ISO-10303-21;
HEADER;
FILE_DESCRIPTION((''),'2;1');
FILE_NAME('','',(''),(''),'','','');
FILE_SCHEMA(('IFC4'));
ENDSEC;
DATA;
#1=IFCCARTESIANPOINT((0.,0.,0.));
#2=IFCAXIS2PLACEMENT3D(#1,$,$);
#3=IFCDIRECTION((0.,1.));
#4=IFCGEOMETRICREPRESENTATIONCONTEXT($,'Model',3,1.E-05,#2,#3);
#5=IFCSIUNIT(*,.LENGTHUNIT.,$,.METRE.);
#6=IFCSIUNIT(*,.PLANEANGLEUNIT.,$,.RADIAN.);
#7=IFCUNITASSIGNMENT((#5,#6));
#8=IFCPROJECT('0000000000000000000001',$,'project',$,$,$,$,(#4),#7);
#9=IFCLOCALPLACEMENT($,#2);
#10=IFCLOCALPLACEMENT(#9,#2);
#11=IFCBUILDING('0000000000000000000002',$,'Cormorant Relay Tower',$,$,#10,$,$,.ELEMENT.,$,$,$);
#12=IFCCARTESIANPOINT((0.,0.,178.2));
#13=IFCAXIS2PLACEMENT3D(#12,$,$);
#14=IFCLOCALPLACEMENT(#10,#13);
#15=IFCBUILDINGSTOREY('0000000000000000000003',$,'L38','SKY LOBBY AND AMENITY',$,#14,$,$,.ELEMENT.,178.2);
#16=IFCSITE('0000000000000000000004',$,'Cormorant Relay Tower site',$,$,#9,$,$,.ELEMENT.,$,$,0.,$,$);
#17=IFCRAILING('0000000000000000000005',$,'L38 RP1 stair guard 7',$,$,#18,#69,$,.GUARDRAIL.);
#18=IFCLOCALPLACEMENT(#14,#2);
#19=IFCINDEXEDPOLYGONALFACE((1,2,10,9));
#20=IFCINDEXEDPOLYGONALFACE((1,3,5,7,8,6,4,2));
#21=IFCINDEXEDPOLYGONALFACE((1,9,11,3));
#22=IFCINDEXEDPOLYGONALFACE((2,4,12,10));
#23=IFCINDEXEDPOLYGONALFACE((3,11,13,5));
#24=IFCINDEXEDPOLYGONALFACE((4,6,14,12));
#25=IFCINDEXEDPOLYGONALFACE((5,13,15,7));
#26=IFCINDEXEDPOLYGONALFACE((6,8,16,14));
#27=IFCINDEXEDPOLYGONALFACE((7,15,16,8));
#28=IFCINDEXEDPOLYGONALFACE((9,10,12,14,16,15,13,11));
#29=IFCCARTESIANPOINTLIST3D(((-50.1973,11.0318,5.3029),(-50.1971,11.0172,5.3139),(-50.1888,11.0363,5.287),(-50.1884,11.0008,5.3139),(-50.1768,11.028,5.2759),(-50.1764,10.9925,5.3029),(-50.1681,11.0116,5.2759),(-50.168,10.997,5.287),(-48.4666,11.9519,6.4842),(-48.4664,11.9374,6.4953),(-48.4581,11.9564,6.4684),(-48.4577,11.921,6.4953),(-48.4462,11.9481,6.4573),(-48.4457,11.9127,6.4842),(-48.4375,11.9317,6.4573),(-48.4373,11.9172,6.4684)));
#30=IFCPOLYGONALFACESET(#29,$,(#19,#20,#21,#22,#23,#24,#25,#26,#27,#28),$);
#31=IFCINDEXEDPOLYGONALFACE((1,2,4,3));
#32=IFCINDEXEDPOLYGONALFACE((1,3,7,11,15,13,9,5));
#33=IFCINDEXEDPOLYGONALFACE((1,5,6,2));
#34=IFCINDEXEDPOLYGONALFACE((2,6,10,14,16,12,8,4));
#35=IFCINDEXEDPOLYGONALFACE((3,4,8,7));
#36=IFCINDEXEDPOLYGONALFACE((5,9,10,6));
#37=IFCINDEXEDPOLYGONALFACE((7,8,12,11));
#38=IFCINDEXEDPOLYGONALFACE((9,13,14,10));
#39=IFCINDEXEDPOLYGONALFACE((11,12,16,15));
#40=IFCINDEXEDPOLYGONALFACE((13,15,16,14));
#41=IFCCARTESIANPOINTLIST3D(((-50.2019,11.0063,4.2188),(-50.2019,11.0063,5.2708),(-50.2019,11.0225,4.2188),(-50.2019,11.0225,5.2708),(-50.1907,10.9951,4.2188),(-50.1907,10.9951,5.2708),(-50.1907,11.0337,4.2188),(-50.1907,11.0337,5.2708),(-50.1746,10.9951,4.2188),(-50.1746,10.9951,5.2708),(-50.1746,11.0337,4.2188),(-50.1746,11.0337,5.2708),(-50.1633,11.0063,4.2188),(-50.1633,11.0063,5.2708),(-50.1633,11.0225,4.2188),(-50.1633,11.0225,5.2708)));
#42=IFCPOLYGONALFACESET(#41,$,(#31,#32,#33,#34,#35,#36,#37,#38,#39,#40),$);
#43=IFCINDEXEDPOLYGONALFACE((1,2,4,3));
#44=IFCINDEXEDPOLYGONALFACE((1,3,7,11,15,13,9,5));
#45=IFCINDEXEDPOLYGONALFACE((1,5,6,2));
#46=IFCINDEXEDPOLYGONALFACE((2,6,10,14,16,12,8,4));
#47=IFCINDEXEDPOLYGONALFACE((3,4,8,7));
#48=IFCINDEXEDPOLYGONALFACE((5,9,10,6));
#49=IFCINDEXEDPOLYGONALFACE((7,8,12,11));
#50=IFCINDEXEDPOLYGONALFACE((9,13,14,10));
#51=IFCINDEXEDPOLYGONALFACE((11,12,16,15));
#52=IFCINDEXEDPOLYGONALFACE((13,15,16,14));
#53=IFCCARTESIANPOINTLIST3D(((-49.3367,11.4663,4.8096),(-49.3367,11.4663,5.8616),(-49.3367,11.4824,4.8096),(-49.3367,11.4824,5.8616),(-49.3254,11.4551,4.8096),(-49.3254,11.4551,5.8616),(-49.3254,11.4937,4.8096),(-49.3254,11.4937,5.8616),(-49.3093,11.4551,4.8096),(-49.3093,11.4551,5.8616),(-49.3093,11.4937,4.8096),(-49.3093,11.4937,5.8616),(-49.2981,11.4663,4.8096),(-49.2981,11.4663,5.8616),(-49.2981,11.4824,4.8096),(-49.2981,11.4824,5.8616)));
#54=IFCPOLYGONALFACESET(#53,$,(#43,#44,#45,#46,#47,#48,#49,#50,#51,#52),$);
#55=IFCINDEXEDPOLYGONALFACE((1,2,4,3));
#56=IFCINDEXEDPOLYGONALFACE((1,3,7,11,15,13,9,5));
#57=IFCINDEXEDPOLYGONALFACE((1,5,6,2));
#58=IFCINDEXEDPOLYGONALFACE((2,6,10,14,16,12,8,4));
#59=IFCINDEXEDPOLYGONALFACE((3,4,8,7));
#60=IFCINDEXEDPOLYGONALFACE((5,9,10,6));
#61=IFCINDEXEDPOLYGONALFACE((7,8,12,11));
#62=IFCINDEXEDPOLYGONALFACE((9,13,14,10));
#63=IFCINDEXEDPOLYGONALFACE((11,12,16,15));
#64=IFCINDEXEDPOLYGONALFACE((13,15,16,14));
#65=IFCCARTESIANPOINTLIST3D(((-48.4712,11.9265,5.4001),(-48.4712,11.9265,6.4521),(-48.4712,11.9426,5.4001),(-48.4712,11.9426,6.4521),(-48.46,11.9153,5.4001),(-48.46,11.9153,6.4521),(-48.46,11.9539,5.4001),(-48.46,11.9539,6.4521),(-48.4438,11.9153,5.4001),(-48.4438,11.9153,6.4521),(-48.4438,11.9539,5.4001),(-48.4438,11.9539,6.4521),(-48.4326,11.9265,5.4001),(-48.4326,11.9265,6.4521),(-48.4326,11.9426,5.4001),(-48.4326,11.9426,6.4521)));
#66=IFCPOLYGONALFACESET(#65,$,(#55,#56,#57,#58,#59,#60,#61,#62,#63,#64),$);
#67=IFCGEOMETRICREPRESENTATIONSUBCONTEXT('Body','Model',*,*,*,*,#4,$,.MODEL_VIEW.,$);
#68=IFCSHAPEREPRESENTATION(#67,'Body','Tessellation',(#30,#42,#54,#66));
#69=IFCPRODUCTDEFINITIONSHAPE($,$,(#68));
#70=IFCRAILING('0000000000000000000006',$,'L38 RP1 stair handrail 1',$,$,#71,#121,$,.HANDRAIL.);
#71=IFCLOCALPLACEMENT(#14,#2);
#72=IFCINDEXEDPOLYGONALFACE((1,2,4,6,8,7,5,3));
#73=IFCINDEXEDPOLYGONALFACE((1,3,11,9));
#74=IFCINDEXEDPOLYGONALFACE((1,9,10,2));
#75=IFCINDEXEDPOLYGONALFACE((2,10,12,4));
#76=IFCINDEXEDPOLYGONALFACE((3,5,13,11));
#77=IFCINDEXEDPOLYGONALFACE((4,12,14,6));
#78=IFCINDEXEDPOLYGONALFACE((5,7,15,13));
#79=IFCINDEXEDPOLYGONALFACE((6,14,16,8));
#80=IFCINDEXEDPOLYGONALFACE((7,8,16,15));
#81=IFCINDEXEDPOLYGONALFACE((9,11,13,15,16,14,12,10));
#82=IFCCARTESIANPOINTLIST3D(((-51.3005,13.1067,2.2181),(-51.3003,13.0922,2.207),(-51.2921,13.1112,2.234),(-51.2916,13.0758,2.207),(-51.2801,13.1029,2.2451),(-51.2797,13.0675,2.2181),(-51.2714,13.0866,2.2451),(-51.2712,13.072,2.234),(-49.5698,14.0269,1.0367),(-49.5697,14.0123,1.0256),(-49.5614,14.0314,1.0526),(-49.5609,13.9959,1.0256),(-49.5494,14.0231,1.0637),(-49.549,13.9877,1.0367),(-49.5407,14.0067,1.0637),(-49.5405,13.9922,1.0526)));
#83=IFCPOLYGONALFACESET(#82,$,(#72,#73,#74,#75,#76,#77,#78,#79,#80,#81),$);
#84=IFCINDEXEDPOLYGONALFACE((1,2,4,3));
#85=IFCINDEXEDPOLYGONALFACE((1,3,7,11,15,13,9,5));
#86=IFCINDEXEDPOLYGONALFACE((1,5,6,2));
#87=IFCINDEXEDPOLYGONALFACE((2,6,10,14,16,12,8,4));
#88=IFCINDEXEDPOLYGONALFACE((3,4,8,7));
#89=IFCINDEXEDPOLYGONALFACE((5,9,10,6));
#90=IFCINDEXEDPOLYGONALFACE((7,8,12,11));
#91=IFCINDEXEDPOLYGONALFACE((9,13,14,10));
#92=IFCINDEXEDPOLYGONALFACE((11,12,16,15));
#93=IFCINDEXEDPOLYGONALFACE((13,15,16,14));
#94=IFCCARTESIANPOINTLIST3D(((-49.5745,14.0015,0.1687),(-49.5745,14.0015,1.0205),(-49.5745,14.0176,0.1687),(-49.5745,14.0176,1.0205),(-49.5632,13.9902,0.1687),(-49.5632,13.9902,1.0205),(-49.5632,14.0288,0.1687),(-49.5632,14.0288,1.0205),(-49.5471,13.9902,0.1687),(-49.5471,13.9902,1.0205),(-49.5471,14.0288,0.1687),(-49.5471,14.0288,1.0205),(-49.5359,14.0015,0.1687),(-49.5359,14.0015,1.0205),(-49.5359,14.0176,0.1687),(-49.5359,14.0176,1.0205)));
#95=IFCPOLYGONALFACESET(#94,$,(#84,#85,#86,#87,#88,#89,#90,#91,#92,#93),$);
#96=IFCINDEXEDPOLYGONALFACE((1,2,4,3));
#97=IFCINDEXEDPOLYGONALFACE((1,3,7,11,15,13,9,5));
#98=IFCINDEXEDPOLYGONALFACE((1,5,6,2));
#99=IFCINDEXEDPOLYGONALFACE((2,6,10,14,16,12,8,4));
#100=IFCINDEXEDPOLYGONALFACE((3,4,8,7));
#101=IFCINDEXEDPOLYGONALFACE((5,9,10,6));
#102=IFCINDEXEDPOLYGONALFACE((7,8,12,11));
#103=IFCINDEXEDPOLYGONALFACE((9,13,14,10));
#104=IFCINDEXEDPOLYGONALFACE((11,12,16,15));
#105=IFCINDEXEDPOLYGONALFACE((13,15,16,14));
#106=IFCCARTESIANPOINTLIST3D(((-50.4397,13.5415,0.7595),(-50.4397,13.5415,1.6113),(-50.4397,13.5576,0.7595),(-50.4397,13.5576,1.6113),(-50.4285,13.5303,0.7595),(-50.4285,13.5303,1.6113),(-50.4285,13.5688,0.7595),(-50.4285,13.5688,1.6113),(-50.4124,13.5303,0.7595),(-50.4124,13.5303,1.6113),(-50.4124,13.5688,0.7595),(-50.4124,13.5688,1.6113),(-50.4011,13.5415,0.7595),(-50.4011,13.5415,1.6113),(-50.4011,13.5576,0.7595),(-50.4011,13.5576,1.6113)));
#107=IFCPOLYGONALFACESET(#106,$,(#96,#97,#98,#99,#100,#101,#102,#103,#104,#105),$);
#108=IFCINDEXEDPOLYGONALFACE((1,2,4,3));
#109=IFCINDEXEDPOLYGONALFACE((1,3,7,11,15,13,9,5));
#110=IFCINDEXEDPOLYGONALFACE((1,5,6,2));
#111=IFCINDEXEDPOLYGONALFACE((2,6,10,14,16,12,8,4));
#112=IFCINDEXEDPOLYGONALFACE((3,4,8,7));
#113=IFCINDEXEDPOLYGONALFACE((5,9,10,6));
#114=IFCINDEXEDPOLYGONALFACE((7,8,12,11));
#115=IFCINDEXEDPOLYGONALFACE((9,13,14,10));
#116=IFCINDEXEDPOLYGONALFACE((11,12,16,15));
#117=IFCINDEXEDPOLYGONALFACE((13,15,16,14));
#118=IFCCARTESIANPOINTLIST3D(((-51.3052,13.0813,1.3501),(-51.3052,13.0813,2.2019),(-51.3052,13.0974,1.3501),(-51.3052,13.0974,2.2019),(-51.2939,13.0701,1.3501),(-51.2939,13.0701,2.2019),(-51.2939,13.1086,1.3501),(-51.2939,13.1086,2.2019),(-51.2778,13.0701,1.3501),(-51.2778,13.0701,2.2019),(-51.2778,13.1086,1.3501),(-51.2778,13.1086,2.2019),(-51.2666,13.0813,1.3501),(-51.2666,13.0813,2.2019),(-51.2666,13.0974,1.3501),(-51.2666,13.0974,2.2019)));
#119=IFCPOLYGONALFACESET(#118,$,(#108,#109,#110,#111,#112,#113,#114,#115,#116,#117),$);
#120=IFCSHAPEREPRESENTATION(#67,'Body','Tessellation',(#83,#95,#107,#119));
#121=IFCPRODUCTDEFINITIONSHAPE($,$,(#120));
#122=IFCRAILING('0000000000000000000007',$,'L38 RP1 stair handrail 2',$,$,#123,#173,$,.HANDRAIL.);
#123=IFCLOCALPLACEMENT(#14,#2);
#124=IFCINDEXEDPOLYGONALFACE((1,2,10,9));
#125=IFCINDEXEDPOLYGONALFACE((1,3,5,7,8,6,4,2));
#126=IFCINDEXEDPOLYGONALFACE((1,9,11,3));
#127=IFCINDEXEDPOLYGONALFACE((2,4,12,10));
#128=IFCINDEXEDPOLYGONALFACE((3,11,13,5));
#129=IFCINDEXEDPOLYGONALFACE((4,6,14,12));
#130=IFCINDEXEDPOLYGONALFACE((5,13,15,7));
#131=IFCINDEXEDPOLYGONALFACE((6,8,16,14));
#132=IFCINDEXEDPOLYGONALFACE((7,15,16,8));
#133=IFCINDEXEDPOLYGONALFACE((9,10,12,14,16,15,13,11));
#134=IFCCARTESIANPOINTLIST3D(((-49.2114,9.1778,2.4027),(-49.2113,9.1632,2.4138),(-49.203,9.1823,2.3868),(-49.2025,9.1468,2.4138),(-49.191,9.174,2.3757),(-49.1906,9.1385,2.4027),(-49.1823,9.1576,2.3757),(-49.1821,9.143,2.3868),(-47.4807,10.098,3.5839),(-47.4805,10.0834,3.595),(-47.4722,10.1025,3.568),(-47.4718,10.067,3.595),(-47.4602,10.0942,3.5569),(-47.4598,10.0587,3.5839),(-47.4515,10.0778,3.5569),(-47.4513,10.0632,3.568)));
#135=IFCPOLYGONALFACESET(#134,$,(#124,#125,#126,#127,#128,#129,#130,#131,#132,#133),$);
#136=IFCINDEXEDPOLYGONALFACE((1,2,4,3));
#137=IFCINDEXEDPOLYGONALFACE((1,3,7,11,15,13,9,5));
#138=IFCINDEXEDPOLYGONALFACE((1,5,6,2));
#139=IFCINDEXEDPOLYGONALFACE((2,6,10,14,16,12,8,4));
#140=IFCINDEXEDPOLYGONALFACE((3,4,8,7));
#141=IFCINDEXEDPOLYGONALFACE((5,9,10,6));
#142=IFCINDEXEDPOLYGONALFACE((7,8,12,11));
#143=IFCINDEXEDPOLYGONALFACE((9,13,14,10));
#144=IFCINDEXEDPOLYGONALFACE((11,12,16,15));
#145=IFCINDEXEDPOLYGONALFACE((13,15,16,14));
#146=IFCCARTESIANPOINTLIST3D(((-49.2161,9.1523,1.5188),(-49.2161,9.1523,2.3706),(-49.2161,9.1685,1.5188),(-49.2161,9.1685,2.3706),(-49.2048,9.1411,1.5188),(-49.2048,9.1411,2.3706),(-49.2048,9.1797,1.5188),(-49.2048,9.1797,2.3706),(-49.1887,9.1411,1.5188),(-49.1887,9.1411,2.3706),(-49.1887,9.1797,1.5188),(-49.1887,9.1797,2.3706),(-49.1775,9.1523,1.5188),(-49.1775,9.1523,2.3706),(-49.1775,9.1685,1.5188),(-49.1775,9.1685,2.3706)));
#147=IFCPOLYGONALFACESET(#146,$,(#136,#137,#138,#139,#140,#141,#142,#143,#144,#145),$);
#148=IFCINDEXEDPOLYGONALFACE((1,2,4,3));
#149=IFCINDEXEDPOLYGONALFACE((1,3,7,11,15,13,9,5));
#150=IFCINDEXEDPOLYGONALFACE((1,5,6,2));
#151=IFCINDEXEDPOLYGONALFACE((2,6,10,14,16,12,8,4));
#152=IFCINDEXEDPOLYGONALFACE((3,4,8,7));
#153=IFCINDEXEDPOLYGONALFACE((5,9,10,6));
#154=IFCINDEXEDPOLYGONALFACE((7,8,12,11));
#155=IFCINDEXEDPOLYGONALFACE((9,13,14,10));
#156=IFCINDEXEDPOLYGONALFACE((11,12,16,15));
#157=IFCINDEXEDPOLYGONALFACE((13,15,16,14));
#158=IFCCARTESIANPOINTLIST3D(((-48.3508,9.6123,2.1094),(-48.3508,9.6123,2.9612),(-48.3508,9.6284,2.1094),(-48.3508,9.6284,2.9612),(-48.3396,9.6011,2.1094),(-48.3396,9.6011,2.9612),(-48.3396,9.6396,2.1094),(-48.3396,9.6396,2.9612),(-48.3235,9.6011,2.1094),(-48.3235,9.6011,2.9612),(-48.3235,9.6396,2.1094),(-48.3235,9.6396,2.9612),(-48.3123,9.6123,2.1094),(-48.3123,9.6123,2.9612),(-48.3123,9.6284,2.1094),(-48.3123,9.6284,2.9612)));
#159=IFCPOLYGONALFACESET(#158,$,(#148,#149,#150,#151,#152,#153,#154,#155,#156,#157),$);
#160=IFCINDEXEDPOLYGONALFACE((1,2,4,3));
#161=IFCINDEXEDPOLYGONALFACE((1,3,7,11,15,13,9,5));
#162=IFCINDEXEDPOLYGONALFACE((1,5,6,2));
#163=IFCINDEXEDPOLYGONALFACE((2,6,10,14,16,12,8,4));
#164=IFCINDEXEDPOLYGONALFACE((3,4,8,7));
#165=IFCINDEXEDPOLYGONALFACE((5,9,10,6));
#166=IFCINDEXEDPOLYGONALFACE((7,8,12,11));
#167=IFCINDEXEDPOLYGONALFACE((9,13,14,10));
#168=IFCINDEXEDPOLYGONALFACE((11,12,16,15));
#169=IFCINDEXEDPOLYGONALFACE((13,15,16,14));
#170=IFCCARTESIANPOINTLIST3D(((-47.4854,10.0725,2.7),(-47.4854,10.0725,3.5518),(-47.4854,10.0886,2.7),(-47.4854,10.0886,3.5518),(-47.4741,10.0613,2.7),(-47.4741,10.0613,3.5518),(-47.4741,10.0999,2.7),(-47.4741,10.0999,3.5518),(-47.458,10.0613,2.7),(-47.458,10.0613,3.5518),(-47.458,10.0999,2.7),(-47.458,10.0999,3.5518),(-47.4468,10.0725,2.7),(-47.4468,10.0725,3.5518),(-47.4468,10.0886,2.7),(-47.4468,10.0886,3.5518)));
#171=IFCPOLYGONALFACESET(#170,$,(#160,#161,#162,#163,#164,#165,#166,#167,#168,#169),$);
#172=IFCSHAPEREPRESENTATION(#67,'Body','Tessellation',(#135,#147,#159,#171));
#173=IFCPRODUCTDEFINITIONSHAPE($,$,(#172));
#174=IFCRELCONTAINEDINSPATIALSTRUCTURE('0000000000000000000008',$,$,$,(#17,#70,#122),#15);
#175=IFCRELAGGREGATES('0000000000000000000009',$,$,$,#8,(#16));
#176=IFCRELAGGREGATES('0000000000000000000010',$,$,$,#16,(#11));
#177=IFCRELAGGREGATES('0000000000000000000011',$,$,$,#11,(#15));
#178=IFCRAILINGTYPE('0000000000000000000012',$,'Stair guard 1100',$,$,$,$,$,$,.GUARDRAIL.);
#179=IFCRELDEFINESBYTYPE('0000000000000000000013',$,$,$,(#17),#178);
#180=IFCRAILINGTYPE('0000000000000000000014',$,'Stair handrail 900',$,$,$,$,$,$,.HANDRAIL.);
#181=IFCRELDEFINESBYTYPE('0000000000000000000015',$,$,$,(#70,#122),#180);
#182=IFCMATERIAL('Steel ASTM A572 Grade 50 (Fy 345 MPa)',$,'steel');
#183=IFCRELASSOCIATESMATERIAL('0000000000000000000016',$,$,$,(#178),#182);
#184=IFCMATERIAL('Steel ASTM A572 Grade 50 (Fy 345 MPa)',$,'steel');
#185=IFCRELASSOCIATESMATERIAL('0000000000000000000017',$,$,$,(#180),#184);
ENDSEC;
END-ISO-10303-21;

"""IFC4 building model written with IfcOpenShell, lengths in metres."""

from ifc_helpers import new_model, si_unit, direction, frame, origin, place, context, subcontext, project, spatial, polyline, outline, extrude, material, type_object, element, save


model = new_model("IFC4")

# Units and contexts
model_context = context("Model", 3, precision=1e-05, world=origin(), true_north=direction((0.0, 1.0)))
body_context = subcontext(model_context, "Body", "Model", "MODEL_VIEW")
ifc_project = project(units=[si_unit("LENGTHUNIT", "METRE"), si_unit("PLANEANGLEUNIT", "RADIAN")], contexts=[model_context])

# Site, building, storey
site_placement = place(None, origin())
site = spatial("IfcSite", under=ifc_project, at=site_placement, Name="Cormorant Relay Tower site", CompositionType="ELEMENT", RefElevation=0.0)
building_placement = place(site_placement, origin())
building = spatial("IfcBuilding", under=site, at=building_placement, Name="Cormorant Relay Tower", CompositionType="ELEMENT")
storey_placement = place(building_placement, frame((0.0, 0.0, 178.2)))
storey = spatial("IfcBuildingStorey", under=building, at=storey_placement, Name="L38", Description="SKY LOBBY AND AMENITY", CompositionType="ELEMENT", Elevation=178.2)

# Railings
ifc_material_1 = material(Name="Steel ASTM A572 Grade 50 (Fy 345 MPa)", Category="steel")
railing_type_1 = type_object("IfcRailingType", Name="Stair guard 1100", PredefinedType="GUARDRAIL", material=ifc_material_1)
railing_1_placement = place(storey_placement, frame((-50.1826, 11.0144, 4.2188)))
element("IfcRailing", 1, at=railing_1_placement, inside=storey, type_object=railing_type_1, Name="L38 RP1 stair guard 7", PredefinedType="GUARDRAIL", context=body_context, shape_type="SweptSolid", body=[
    extrude(outline(polyline([(0.0222, 0.0093), (0.0093, 0.0222), (-0.0093, 0.0222), (-0.0222, 0.0093), (-0.0222, -0.0093), (-0.0093, -0.0222), (0.0093, -0.0222), (0.0222, -0.0093), (0.0222, 0.0093)])), frame((0.0, 0.0, 1.0762), z_axis=(0.756226, 0.402062, 0.516205), x_axis=(-0.469444, 0.882962, 0.0)), (0.0, 0.0, 1.0), 2.2886),
    extrude(outline(polyline([(0.0193, 0.0081), (0.0081, 0.0193), (-0.0081, 0.0193), (-0.0193, 0.0081), (-0.0193, -0.0081), (-0.0081, -0.0193), (0.0081, -0.0193), (0.0193, -0.0081), (0.0193, 0.0081)])), origin(), (0.0, 0.0, 1.0), 1.052),
    extrude(outline(polyline([(0.0193, 0.0081), (0.0081, 0.0193), (-0.0081, 0.0193), (-0.0193, 0.0081), (-0.0193, -0.0081), (-0.0081, -0.0193), (0.0081, -0.0193), (0.0193, -0.0081), (0.0193, 0.0081)])), frame((0.8652, 0.46, 0.5908)), (0.0, 0.0, 1.0), 1.052),
    extrude(outline(polyline([(0.0193, 0.0081), (0.0081, 0.0193), (-0.0081, 0.0193), (-0.0193, 0.0081), (-0.0193, -0.0081), (-0.0081, -0.0193), (0.0081, -0.0193), (0.0193, -0.0081), (0.0193, 0.0081)])), frame((1.7307, 0.9202, 1.1814)), (0.0, 0.0, 1.0), 1.052),
])
ifc_material_2 = material(Name="Steel ASTM A572 Grade 50 (Fy 345 MPa)", Category="steel")
railing_type_2 = type_object("IfcRailingType", Name="Stair handrail 900", PredefinedType="HANDRAIL", material=ifc_material_2)
railing_2_placement = place(storey_placement, frame((-49.5552, 14.0095, 0.1687)))
element("IfcRailing", 2, at=railing_2_placement, inside=storey, type_object=railing_type_2, Name="L38 RP1 stair handrail 1", PredefinedType="HANDRAIL", context=body_context, shape_type="SweptSolid", body=[
    extrude(outline(polyline([(0.0222, 0.0093), (0.0093, 0.0222), (-0.0093, 0.0222), (-0.0222, 0.0093), (-0.0222, -0.0093), (-0.0093, -0.0222), (0.0093, -0.0222), (0.0222, -0.0093), (0.0222, 0.0093)])), frame((0.0, 0.0, 0.876), z_axis=(-0.756226, -0.402062, 0.516205), x_axis=(0.469444, -0.882962, 0.0)), (0.0, 0.0, 1.0), 2.2886),
    extrude(outline(polyline([(0.0193, 0.0081), (0.0081, 0.0193), (-0.0081, 0.0193), (-0.0193, 0.0081), (-0.0193, -0.0081), (-0.0081, -0.0193), (0.0081, -0.0193), (0.0193, -0.0081), (0.0193, 0.0081)])), origin(), (0.0, 0.0, 1.0), 0.8518),
    extrude(outline(polyline([(0.0193, 0.0081), (0.0081, 0.0193), (-0.0081, 0.0193), (-0.0193, 0.0081), (-0.0193, -0.0081), (-0.0081, -0.0193), (0.0081, -0.0193), (0.0193, -0.0081), (0.0193, 0.0081)])), frame((-0.8652, -0.46, 0.5908)), (0.0, 0.0, 1.0), 0.8518),
    extrude(outline(polyline([(0.0193, 0.0081), (0.0081, 0.0193), (-0.0081, 0.0193), (-0.0193, 0.0081), (-0.0193, -0.0081), (-0.0081, -0.0193), (0.0081, -0.0193), (0.0193, -0.0081), (0.0193, 0.0081)])), frame((-1.7307, -0.9202, 1.1814)), (0.0, 0.0, 1.0), 0.8518),
])
railing_3_placement = place(storey_placement, frame((-49.1968, 9.1604, 1.5188)))
element("IfcRailing", 3, at=railing_3_placement, inside=storey, type_object=railing_type_2, Name="L38 RP1 stair handrail 2", PredefinedType="HANDRAIL", context=body_context, shape_type="SweptSolid", body=[
    extrude(outline(polyline([(0.0222, 0.0093), (0.0093, 0.0222), (-0.0093, 0.0222), (-0.0222, 0.0093), (-0.0222, -0.0093), (-0.0093, -0.0222), (0.0093, -0.0222), (0.0222, -0.0093), (0.0222, 0.0093)])), frame((0.0, 0.0, 0.876), z_axis=(0.756268, 0.402084, 0.516127), x_axis=(-0.469444, 0.882962, 0.0)), (0.0, 0.0, 1.0), 2.2886),
    extrude(outline(polyline([(0.0193, 0.0081), (0.0081, 0.0193), (-0.0081, 0.0193), (-0.0193, 0.0081), (-0.0193, -0.0081), (-0.0081, -0.0193), (0.0081, -0.0193), (0.0193, -0.0081), (0.0193, 0.0081)])), origin(), (0.0, 0.0, 1.0), 0.8518),
    extrude(outline(polyline([(0.0193, 0.0081), (0.0081, 0.0193), (-0.0081, 0.0193), (-0.0193, 0.0081), (-0.0193, -0.0081), (-0.0081, -0.0193), (0.0081, -0.0193), (0.0193, -0.0081), (0.0193, 0.0081)])), frame((0.8652, 0.46, 0.5906)), (0.0, 0.0, 1.0), 0.8518),
    extrude(outline(polyline([(0.0193, 0.0081), (0.0081, 0.0193), (-0.0081, 0.0193), (-0.0193, 0.0081), (-0.0193, -0.0081), (-0.0081, -0.0193), (0.0081, -0.0193), (0.0193, -0.0081), (0.0193, 0.0081)])), frame((1.7307, 0.9202, 1.1812)), (0.0, 0.0, 1.0), 0.8518),
])

save(model, "model.ifc")
